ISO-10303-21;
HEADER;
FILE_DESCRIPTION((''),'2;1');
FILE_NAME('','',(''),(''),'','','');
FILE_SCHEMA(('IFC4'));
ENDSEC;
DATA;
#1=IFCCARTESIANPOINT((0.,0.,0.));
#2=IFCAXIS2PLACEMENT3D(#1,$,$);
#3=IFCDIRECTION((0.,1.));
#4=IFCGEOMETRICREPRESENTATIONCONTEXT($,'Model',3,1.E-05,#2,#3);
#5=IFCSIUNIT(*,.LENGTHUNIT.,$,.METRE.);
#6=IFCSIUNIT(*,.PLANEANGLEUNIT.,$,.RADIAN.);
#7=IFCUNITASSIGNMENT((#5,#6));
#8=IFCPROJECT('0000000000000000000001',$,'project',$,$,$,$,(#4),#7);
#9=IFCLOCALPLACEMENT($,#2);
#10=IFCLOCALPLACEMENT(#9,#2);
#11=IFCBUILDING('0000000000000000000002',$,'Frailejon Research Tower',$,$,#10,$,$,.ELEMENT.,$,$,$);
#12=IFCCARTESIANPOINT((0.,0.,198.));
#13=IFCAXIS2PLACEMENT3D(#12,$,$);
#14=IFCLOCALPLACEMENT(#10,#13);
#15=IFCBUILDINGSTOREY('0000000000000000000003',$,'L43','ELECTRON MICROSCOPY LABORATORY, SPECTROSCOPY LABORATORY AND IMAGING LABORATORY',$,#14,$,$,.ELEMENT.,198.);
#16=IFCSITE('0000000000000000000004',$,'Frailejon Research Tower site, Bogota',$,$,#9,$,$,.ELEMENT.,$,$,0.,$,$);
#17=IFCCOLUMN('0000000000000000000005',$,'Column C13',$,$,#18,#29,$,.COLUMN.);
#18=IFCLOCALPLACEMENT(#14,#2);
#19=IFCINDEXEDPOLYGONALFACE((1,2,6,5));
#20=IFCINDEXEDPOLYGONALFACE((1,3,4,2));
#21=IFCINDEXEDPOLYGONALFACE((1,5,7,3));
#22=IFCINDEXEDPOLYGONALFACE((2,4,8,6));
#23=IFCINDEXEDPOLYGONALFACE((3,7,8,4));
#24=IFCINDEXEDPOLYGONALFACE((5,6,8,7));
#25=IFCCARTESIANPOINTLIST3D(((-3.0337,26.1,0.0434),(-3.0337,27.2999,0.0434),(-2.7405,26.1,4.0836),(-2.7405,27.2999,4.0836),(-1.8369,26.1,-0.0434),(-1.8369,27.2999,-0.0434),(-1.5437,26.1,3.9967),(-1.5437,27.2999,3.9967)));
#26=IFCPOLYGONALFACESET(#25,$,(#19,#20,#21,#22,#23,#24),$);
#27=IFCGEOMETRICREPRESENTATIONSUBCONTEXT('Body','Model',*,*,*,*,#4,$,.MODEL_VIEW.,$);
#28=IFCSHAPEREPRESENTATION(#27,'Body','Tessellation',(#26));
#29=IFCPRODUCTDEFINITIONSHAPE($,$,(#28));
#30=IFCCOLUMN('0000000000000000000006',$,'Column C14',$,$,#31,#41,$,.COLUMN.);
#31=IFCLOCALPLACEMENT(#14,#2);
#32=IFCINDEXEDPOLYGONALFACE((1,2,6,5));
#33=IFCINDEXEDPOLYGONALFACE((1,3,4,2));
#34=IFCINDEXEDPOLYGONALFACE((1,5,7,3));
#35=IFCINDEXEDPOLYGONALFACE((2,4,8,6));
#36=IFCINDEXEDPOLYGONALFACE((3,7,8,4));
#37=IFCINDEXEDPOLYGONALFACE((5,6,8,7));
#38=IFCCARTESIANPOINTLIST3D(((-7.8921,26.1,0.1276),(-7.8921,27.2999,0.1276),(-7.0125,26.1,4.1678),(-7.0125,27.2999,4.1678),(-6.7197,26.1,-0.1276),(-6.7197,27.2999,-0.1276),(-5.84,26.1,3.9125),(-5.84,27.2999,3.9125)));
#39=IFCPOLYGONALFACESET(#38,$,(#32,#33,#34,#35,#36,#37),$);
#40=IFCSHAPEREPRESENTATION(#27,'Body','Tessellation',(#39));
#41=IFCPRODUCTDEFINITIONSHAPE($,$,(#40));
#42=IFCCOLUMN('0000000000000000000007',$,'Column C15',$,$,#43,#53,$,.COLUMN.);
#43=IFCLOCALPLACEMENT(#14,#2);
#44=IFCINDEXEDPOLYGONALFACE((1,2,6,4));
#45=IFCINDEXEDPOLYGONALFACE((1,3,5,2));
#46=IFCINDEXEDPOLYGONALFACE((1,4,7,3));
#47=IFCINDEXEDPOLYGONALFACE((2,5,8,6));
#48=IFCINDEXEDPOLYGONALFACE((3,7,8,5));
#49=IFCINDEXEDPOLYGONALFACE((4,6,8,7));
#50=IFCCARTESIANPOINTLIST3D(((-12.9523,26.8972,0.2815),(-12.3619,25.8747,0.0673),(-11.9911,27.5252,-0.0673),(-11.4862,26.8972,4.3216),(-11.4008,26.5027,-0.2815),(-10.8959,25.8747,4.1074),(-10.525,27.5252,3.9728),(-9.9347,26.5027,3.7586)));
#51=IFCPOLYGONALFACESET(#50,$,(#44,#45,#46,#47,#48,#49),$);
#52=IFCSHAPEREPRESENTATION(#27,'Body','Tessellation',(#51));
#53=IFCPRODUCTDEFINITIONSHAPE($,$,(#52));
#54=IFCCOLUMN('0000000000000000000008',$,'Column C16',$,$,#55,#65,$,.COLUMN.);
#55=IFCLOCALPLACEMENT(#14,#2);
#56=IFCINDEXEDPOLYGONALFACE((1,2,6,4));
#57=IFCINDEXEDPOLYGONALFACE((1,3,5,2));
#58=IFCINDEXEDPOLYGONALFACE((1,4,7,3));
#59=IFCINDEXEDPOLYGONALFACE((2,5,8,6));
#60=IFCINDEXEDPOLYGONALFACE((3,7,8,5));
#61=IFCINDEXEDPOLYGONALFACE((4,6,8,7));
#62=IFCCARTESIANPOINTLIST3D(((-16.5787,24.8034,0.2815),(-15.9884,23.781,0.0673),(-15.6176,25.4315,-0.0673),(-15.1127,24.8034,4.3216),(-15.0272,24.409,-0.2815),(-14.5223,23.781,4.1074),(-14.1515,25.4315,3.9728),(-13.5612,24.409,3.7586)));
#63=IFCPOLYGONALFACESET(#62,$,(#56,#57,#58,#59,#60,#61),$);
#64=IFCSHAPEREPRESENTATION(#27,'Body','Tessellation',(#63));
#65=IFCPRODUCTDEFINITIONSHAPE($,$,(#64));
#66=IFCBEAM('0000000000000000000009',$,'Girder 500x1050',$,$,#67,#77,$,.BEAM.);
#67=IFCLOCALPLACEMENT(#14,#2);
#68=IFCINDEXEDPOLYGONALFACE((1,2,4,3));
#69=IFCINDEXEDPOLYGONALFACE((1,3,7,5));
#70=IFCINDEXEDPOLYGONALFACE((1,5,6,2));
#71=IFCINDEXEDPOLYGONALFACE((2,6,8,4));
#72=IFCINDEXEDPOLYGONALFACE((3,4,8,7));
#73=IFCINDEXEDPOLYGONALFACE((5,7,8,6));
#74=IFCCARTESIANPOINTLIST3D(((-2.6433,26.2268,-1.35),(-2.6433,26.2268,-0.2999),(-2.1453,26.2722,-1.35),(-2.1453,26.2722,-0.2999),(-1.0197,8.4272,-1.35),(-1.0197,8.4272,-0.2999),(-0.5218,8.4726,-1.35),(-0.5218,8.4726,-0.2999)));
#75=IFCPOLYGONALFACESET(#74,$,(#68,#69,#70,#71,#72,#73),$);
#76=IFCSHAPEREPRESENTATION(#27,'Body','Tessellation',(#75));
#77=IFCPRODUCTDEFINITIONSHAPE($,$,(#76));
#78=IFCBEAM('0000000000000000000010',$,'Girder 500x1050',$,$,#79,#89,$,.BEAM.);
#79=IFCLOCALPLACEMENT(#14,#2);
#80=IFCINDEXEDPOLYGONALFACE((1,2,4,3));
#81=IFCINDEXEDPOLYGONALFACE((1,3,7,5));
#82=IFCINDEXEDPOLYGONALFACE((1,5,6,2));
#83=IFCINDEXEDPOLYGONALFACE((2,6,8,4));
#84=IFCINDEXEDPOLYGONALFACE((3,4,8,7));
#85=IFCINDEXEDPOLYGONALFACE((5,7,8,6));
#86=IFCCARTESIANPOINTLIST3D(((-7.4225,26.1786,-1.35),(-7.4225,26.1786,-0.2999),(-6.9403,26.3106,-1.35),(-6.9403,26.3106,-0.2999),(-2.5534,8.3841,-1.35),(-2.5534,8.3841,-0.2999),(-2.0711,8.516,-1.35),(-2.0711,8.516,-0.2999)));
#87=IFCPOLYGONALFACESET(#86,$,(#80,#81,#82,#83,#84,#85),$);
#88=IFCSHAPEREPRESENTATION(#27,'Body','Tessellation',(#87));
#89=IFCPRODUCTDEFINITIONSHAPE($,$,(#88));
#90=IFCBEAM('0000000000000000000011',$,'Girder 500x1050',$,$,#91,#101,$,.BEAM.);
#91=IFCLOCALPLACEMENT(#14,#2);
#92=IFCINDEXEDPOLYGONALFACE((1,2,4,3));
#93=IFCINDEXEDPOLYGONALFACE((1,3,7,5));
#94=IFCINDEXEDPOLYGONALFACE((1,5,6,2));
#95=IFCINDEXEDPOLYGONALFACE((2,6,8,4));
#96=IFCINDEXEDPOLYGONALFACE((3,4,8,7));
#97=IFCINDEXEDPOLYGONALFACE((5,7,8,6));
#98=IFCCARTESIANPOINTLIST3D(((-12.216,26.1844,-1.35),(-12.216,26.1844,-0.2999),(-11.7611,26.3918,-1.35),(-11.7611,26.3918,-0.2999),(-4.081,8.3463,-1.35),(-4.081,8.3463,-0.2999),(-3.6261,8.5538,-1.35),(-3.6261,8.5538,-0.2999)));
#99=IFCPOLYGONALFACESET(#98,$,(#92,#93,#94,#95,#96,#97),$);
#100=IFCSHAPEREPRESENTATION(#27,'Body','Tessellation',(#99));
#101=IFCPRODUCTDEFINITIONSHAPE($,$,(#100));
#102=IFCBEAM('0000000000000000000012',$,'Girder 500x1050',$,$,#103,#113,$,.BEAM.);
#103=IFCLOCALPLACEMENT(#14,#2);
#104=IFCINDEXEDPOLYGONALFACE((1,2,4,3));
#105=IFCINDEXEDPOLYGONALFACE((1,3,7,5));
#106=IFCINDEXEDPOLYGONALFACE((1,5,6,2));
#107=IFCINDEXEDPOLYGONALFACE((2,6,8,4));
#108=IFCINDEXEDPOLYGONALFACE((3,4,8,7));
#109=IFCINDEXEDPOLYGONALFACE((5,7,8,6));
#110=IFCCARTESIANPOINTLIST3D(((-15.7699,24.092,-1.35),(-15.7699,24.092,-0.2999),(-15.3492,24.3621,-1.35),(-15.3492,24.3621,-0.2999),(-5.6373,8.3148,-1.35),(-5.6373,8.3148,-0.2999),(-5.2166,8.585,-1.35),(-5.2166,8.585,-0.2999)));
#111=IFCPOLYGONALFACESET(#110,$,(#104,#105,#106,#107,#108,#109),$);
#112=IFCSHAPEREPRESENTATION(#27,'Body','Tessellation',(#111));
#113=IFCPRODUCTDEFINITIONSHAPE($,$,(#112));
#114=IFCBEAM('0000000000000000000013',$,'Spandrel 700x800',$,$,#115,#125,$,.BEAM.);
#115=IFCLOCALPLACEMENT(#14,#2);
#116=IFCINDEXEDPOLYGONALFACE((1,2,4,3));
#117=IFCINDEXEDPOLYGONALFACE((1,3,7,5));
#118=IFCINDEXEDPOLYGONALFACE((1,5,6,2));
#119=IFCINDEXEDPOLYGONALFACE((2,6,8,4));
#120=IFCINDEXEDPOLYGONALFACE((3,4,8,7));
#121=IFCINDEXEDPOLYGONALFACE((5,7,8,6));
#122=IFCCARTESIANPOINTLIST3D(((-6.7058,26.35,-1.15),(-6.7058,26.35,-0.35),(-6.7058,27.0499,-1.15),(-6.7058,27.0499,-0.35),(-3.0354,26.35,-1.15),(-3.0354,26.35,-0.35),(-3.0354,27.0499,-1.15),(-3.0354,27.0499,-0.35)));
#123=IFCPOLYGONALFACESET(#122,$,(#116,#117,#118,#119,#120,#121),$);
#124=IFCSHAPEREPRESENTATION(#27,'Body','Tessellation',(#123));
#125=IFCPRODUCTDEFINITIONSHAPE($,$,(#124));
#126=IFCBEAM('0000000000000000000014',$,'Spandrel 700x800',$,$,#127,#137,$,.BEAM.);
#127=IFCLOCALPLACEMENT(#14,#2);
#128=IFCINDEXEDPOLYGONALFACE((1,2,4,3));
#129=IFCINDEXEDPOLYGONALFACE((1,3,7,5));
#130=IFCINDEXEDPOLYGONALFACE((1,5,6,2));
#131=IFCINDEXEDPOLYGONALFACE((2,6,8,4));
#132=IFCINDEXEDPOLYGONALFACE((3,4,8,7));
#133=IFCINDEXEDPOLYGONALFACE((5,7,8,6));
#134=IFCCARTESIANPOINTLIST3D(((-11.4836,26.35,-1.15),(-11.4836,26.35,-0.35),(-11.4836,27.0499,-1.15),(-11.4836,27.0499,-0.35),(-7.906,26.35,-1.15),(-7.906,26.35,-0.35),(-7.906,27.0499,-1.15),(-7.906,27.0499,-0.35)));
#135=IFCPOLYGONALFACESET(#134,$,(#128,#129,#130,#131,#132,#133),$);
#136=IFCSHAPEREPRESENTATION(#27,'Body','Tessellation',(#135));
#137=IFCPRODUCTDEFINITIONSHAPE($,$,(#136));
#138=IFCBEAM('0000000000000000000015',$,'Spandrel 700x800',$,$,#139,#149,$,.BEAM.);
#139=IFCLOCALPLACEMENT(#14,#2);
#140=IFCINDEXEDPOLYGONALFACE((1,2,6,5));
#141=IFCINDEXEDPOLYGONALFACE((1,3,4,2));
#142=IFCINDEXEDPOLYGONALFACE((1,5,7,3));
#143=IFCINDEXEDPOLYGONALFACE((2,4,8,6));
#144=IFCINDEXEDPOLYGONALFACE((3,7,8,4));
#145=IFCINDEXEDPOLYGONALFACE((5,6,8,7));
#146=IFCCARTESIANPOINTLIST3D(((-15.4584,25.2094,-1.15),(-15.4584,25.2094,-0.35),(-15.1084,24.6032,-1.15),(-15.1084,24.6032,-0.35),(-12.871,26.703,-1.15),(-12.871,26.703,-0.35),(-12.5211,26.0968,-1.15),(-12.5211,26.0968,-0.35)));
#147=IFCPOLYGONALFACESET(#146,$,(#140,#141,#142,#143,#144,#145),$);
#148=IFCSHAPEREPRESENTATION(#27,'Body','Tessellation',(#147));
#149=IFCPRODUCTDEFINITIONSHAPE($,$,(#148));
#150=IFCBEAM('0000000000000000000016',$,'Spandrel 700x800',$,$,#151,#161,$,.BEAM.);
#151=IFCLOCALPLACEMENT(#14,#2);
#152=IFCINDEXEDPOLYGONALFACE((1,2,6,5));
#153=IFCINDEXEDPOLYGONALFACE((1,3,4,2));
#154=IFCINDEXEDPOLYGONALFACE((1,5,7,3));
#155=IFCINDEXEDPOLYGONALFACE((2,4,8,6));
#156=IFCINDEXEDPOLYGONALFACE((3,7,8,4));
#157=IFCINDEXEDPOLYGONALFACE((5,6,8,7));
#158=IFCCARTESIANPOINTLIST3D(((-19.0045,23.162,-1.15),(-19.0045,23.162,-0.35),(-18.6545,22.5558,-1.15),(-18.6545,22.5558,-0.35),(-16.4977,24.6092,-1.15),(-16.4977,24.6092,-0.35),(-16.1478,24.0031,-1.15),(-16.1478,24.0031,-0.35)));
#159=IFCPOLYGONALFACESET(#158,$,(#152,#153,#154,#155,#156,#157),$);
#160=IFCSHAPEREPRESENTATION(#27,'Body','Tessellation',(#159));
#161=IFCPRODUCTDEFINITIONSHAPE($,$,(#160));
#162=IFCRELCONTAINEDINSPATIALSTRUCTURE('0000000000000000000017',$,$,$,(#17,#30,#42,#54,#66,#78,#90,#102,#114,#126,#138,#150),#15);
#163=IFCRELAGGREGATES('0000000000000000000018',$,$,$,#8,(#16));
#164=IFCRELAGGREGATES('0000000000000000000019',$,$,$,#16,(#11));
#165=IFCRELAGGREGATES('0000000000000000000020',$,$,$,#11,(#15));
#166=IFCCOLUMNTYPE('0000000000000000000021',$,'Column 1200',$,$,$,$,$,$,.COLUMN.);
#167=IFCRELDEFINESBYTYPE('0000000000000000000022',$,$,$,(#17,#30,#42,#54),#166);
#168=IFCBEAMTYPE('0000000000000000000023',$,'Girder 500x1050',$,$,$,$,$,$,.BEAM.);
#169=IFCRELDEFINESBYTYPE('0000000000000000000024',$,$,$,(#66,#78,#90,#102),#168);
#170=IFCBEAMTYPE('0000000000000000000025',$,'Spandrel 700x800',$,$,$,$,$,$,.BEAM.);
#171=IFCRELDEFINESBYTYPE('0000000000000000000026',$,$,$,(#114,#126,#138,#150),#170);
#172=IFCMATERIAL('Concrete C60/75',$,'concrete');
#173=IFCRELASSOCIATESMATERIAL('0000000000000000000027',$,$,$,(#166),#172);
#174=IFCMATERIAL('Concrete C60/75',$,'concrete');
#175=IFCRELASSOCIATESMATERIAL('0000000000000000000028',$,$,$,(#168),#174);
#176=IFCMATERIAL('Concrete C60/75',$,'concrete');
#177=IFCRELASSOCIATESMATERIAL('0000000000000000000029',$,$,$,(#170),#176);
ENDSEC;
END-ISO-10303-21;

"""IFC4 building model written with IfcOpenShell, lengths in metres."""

from ifc_helpers import new_model, si_unit, direction, frame, origin, origin_2d, place, context, subcontext, project, spatial, rectangle, extrude, material, material_profile, profile_set, type_object, element, save


model = new_model("IFC4")

# Units and contexts
model_context = context("Model", 3, precision=1e-05, world=origin(), true_north=direction((0.0, 1.0)))
body_context = subcontext(model_context, "Body", "Model", "MODEL_VIEW")
ifc_project = project(units=[si_unit("LENGTHUNIT", "METRE"), si_unit("PLANEANGLEUNIT", "RADIAN")], contexts=[model_context])

# Site, building, storey
site_placement = place(None, origin())
site = spatial("IfcSite", under=ifc_project, at=site_placement, Name="Frailejon Research Tower site, Bogota", CompositionType="ELEMENT", RefElevation=0.0)
building_placement = place(site_placement, origin())
building = spatial("IfcBuilding", under=site, at=building_placement, Name="Frailejon Research Tower", CompositionType="ELEMENT")
storey_placement = place(building_placement, frame((0.0, 0.0, 198.0)))
storey = spatial("IfcBuildingStorey", under=building, at=storey_placement, Name="L43", Description="ELECTRON MICROSCOPY LABORATORY, SPECTROSCOPY LABORATORY AND IMAGING LABORATORY", CompositionType="ELEMENT", Elevation=198.0)

# Columns
ifc_material_1 = material(Name="Concrete C60/75", Category="concrete")
ifc_material_profile_1 = material_profile(ifc_material_1, rectangle(XDim=1.2, YDim=1.2, at=origin_2d()), Name="Column 1200")
ifc_profile_set_1 = profile_set([ifc_material_profile_1], Name="Concrete C60/75")
column_type = type_object("IfcColumnType", Name="Column 1200", PredefinedType="COLUMN", material=ifc_profile_set_1)
column_1_placement = place(storey_placement, frame((-2.4353, 26.7, 0.0), z_axis=(0.072386, 0.0, 0.997377), x_axis=(-0.997377, 0.0, 0.072386)))
element("IfcColumn", 1, at=column_1_placement, inside=storey, type_object=column_type, Name="Column C13", PredefinedType="COLUMN", context=body_context, shape_type="SweptSolid", body=[
    extrude(rectangle(XDim=1.2, YDim=1.2, at=origin_2d()), origin(), (0.0, 0.0, 1.0), 4.0508),
])
column_2_placement = place(storey_placement, frame((-7.3059, 26.7, 0.0), z_axis=(0.212746, 0.0, 0.977108), x_axis=(-0.977108, 0.0, 0.212746)))
element("IfcColumn", 2, at=column_2_placement, inside=storey, type_object=column_type, Name="Column C14", PredefinedType="COLUMN", context=body_context, shape_type="SweptSolid", body=[
    extrude(rectangle(XDim=1.2, YDim=1.2, at=origin_2d()), origin(), (0.0, 0.0, 1.0), 4.1348),
])
for number, where, z_axis, x_axis, name in (
    (3, (-12.1765, 26.7, 0.0), (0.341118, 0.0, 0.94002), (-0.801005, -0.523355, 0.290672), "Column C15"),
    (4, (-15.803, 24.6062, 0.0), (0.341118, 0.0, 0.94002), (-0.801003, -0.523358, 0.290671), "Column C16"),
):
    element("IfcColumn", number, at=place(storey_placement, frame(where, z_axis=z_axis, x_axis=x_axis)), inside=storey, type_object=column_type, Name=name, PredefinedType="COLUMN", context=body_context, shape_type="SweptSolid", body=[
        extrude(rectangle(XDim=1.2, YDim=1.2, at=origin_2d()), origin(), (0.0, 0.0, 1.0), 4.2979),
    ])

# Beams
ifc_material_2 = material(Name="Concrete C60/75", Category="concrete")
ifc_material_profile_2 = material_profile(ifc_material_2, rectangle(XDim=0.5, YDim=1.05, at=origin_2d()), Name="Girder 500x1050")
ifc_profile_set_2 = profile_set([ifc_material_profile_2], Name="Concrete C60/75")
beam_type_1 = type_object("IfcBeamType", Name="Girder 500x1050", PredefinedType="BEAM", material=ifc_profile_set_2)
beam_1_placement = place(storey_placement, frame((-2.3943, 26.2495, -0.825), z_axis=(0.090835, -0.995866, 0.0), x_axis=(0.995866, 0.090835, 0.0)))
element("IfcBeam", 5, at=beam_1_placement, inside=storey, type_object=beam_type_1, Name="Girder 500x1050", PredefinedType="BEAM", context=body_context, shape_type="SweptSolid", body=[
    extrude(rectangle(XDim=0.5, YDim=1.05, at=origin_2d()), origin(), (0.0, 0.0, 1.0), 17.8735),
])
beam_2_placement = place(storey_placement, frame((-7.1814, 26.2446, -0.825), z_axis=(0.263927, -0.964543, 0.0), x_axis=(0.964543, 0.263927, 0.0)))
element("IfcBeam", 6, at=beam_2_placement, inside=storey, type_object=beam_type_1, Name="Girder 500x1050", PredefinedType="BEAM", context=body_context, shape_type="SweptSolid", body=[
    extrude(rectangle(XDim=0.5, YDim=1.05, at=origin_2d()), origin(), (0.0, 0.0, 1.0), 18.4487),
])
beam_3_placement = place(storey_placement, frame((-11.9885, 26.2881, -0.825), z_axis=(0.414934, -0.909851, 0.0), x_axis=(0.909851, 0.414934, 0.0)))
element("IfcBeam", 7, at=beam_3_placement, inside=storey, type_object=beam_type_1, Name="Girder 500x1050", PredefinedType="BEAM", context=body_context, shape_type="SweptSolid", body=[
    extrude(rectangle(XDim=0.5, YDim=1.05, at=origin_2d()), origin(), (0.0, 0.0, 1.0), 19.6055),
])
beam_4_placement = place(storey_placement, frame((-15.5596, 24.2271, -0.825), z_axis=(0.540386, -0.841417, 0.0), x_axis=(0.841417, 0.540386, 0.0)))
element("IfcBeam", 8, at=beam_4_placement, inside=storey, type_object=beam_type_1, Name="Girder 500x1050", PredefinedType="BEAM", context=body_context, shape_type="SweptSolid", body=[
    extrude(rectangle(XDim=0.5, YDim=1.05, at=origin_2d()), origin(), (0.0, 0.0, 1.0), 18.7507),
])
ifc_material_3 = material(Name="Concrete C60/75", Category="concrete")
ifc_material_profile_3 = material_profile(ifc_material_3, rectangle(XDim=0.7, YDim=0.8, at=origin_2d()), Name="Spandrel 700x800")
ifc_profile_set_3 = profile_set([ifc_material_profile_3], Name="Concrete C60/75")
beam_type_2 = type_object("IfcBeamType", Name="Spandrel 700x800", PredefinedType="BEAM", material=ifc_profile_set_3)
beam_5_placement = place(storey_placement, frame((-3.0354, 26.7, -0.75), z_axis=(-1.0, 0.0, 0.0), x_axis=(0.0, -1.0, 0.0)))
element("IfcBeam", 9, at=beam_5_placement, inside=storey, type_object=beam_type_2, Name="Spandrel 700x800", PredefinedType="BEAM", context=body_context, shape_type="SweptSolid", body=[
    extrude(rectangle(XDim=0.7, YDim=0.8, at=origin_2d()), origin(), (0.0, 0.0, 1.0), 3.6704),
])
beam_6_placement = place(storey_placement, frame((-7.906, 26.7, -0.75), z_axis=(-1.0, 0.0, 0.0), x_axis=(0.0, -1.0, 0.0)))
element("IfcBeam", 10, at=beam_6_placement, inside=storey, type_object=beam_type_2, Name="Spandrel 700x800", PredefinedType="BEAM", context=body_context, shape_type="SweptSolid", body=[
    extrude(rectangle(XDim=0.7, YDim=0.8, at=origin_2d()), origin(), (0.0, 0.0, 1.0), 3.5776),
])
beam_7_placement = place(storey_placement, frame((-12.696, 26.3999, -0.75), z_axis=(-0.866052, -0.499954, 0.0), x_axis=(0.499954, -0.866052, 0.0)))
element("IfcBeam", 11, at=beam_7_placement, inside=storey, type_object=beam_type_2, Name="Spandrel 700x800", PredefinedType="BEAM", context=body_context, shape_type="SweptSolid", body=[
    extrude(rectangle(XDim=0.7, YDim=0.8, at=origin_2d()), origin(), (0.0, 0.0, 1.0), 2.9875),
])
beam_8_placement = place(storey_placement, frame((-16.3228, 24.3062, -0.75), z_axis=(-0.866034, -0.499985, 0.0), x_axis=(0.499985, -0.866034, 0.0)))
element("IfcBeam", 12, at=beam_8_placement, inside=storey, type_object=beam_type_2, Name="Spandrel 700x800", PredefinedType="BEAM", context=body_context, shape_type="SweptSolid", body=[
    extrude(rectangle(XDim=0.7, YDim=0.8, at=origin_2d()), origin(), (0.0, 0.0, 1.0), 2.8945),
])

save(model, "model.ifc")
